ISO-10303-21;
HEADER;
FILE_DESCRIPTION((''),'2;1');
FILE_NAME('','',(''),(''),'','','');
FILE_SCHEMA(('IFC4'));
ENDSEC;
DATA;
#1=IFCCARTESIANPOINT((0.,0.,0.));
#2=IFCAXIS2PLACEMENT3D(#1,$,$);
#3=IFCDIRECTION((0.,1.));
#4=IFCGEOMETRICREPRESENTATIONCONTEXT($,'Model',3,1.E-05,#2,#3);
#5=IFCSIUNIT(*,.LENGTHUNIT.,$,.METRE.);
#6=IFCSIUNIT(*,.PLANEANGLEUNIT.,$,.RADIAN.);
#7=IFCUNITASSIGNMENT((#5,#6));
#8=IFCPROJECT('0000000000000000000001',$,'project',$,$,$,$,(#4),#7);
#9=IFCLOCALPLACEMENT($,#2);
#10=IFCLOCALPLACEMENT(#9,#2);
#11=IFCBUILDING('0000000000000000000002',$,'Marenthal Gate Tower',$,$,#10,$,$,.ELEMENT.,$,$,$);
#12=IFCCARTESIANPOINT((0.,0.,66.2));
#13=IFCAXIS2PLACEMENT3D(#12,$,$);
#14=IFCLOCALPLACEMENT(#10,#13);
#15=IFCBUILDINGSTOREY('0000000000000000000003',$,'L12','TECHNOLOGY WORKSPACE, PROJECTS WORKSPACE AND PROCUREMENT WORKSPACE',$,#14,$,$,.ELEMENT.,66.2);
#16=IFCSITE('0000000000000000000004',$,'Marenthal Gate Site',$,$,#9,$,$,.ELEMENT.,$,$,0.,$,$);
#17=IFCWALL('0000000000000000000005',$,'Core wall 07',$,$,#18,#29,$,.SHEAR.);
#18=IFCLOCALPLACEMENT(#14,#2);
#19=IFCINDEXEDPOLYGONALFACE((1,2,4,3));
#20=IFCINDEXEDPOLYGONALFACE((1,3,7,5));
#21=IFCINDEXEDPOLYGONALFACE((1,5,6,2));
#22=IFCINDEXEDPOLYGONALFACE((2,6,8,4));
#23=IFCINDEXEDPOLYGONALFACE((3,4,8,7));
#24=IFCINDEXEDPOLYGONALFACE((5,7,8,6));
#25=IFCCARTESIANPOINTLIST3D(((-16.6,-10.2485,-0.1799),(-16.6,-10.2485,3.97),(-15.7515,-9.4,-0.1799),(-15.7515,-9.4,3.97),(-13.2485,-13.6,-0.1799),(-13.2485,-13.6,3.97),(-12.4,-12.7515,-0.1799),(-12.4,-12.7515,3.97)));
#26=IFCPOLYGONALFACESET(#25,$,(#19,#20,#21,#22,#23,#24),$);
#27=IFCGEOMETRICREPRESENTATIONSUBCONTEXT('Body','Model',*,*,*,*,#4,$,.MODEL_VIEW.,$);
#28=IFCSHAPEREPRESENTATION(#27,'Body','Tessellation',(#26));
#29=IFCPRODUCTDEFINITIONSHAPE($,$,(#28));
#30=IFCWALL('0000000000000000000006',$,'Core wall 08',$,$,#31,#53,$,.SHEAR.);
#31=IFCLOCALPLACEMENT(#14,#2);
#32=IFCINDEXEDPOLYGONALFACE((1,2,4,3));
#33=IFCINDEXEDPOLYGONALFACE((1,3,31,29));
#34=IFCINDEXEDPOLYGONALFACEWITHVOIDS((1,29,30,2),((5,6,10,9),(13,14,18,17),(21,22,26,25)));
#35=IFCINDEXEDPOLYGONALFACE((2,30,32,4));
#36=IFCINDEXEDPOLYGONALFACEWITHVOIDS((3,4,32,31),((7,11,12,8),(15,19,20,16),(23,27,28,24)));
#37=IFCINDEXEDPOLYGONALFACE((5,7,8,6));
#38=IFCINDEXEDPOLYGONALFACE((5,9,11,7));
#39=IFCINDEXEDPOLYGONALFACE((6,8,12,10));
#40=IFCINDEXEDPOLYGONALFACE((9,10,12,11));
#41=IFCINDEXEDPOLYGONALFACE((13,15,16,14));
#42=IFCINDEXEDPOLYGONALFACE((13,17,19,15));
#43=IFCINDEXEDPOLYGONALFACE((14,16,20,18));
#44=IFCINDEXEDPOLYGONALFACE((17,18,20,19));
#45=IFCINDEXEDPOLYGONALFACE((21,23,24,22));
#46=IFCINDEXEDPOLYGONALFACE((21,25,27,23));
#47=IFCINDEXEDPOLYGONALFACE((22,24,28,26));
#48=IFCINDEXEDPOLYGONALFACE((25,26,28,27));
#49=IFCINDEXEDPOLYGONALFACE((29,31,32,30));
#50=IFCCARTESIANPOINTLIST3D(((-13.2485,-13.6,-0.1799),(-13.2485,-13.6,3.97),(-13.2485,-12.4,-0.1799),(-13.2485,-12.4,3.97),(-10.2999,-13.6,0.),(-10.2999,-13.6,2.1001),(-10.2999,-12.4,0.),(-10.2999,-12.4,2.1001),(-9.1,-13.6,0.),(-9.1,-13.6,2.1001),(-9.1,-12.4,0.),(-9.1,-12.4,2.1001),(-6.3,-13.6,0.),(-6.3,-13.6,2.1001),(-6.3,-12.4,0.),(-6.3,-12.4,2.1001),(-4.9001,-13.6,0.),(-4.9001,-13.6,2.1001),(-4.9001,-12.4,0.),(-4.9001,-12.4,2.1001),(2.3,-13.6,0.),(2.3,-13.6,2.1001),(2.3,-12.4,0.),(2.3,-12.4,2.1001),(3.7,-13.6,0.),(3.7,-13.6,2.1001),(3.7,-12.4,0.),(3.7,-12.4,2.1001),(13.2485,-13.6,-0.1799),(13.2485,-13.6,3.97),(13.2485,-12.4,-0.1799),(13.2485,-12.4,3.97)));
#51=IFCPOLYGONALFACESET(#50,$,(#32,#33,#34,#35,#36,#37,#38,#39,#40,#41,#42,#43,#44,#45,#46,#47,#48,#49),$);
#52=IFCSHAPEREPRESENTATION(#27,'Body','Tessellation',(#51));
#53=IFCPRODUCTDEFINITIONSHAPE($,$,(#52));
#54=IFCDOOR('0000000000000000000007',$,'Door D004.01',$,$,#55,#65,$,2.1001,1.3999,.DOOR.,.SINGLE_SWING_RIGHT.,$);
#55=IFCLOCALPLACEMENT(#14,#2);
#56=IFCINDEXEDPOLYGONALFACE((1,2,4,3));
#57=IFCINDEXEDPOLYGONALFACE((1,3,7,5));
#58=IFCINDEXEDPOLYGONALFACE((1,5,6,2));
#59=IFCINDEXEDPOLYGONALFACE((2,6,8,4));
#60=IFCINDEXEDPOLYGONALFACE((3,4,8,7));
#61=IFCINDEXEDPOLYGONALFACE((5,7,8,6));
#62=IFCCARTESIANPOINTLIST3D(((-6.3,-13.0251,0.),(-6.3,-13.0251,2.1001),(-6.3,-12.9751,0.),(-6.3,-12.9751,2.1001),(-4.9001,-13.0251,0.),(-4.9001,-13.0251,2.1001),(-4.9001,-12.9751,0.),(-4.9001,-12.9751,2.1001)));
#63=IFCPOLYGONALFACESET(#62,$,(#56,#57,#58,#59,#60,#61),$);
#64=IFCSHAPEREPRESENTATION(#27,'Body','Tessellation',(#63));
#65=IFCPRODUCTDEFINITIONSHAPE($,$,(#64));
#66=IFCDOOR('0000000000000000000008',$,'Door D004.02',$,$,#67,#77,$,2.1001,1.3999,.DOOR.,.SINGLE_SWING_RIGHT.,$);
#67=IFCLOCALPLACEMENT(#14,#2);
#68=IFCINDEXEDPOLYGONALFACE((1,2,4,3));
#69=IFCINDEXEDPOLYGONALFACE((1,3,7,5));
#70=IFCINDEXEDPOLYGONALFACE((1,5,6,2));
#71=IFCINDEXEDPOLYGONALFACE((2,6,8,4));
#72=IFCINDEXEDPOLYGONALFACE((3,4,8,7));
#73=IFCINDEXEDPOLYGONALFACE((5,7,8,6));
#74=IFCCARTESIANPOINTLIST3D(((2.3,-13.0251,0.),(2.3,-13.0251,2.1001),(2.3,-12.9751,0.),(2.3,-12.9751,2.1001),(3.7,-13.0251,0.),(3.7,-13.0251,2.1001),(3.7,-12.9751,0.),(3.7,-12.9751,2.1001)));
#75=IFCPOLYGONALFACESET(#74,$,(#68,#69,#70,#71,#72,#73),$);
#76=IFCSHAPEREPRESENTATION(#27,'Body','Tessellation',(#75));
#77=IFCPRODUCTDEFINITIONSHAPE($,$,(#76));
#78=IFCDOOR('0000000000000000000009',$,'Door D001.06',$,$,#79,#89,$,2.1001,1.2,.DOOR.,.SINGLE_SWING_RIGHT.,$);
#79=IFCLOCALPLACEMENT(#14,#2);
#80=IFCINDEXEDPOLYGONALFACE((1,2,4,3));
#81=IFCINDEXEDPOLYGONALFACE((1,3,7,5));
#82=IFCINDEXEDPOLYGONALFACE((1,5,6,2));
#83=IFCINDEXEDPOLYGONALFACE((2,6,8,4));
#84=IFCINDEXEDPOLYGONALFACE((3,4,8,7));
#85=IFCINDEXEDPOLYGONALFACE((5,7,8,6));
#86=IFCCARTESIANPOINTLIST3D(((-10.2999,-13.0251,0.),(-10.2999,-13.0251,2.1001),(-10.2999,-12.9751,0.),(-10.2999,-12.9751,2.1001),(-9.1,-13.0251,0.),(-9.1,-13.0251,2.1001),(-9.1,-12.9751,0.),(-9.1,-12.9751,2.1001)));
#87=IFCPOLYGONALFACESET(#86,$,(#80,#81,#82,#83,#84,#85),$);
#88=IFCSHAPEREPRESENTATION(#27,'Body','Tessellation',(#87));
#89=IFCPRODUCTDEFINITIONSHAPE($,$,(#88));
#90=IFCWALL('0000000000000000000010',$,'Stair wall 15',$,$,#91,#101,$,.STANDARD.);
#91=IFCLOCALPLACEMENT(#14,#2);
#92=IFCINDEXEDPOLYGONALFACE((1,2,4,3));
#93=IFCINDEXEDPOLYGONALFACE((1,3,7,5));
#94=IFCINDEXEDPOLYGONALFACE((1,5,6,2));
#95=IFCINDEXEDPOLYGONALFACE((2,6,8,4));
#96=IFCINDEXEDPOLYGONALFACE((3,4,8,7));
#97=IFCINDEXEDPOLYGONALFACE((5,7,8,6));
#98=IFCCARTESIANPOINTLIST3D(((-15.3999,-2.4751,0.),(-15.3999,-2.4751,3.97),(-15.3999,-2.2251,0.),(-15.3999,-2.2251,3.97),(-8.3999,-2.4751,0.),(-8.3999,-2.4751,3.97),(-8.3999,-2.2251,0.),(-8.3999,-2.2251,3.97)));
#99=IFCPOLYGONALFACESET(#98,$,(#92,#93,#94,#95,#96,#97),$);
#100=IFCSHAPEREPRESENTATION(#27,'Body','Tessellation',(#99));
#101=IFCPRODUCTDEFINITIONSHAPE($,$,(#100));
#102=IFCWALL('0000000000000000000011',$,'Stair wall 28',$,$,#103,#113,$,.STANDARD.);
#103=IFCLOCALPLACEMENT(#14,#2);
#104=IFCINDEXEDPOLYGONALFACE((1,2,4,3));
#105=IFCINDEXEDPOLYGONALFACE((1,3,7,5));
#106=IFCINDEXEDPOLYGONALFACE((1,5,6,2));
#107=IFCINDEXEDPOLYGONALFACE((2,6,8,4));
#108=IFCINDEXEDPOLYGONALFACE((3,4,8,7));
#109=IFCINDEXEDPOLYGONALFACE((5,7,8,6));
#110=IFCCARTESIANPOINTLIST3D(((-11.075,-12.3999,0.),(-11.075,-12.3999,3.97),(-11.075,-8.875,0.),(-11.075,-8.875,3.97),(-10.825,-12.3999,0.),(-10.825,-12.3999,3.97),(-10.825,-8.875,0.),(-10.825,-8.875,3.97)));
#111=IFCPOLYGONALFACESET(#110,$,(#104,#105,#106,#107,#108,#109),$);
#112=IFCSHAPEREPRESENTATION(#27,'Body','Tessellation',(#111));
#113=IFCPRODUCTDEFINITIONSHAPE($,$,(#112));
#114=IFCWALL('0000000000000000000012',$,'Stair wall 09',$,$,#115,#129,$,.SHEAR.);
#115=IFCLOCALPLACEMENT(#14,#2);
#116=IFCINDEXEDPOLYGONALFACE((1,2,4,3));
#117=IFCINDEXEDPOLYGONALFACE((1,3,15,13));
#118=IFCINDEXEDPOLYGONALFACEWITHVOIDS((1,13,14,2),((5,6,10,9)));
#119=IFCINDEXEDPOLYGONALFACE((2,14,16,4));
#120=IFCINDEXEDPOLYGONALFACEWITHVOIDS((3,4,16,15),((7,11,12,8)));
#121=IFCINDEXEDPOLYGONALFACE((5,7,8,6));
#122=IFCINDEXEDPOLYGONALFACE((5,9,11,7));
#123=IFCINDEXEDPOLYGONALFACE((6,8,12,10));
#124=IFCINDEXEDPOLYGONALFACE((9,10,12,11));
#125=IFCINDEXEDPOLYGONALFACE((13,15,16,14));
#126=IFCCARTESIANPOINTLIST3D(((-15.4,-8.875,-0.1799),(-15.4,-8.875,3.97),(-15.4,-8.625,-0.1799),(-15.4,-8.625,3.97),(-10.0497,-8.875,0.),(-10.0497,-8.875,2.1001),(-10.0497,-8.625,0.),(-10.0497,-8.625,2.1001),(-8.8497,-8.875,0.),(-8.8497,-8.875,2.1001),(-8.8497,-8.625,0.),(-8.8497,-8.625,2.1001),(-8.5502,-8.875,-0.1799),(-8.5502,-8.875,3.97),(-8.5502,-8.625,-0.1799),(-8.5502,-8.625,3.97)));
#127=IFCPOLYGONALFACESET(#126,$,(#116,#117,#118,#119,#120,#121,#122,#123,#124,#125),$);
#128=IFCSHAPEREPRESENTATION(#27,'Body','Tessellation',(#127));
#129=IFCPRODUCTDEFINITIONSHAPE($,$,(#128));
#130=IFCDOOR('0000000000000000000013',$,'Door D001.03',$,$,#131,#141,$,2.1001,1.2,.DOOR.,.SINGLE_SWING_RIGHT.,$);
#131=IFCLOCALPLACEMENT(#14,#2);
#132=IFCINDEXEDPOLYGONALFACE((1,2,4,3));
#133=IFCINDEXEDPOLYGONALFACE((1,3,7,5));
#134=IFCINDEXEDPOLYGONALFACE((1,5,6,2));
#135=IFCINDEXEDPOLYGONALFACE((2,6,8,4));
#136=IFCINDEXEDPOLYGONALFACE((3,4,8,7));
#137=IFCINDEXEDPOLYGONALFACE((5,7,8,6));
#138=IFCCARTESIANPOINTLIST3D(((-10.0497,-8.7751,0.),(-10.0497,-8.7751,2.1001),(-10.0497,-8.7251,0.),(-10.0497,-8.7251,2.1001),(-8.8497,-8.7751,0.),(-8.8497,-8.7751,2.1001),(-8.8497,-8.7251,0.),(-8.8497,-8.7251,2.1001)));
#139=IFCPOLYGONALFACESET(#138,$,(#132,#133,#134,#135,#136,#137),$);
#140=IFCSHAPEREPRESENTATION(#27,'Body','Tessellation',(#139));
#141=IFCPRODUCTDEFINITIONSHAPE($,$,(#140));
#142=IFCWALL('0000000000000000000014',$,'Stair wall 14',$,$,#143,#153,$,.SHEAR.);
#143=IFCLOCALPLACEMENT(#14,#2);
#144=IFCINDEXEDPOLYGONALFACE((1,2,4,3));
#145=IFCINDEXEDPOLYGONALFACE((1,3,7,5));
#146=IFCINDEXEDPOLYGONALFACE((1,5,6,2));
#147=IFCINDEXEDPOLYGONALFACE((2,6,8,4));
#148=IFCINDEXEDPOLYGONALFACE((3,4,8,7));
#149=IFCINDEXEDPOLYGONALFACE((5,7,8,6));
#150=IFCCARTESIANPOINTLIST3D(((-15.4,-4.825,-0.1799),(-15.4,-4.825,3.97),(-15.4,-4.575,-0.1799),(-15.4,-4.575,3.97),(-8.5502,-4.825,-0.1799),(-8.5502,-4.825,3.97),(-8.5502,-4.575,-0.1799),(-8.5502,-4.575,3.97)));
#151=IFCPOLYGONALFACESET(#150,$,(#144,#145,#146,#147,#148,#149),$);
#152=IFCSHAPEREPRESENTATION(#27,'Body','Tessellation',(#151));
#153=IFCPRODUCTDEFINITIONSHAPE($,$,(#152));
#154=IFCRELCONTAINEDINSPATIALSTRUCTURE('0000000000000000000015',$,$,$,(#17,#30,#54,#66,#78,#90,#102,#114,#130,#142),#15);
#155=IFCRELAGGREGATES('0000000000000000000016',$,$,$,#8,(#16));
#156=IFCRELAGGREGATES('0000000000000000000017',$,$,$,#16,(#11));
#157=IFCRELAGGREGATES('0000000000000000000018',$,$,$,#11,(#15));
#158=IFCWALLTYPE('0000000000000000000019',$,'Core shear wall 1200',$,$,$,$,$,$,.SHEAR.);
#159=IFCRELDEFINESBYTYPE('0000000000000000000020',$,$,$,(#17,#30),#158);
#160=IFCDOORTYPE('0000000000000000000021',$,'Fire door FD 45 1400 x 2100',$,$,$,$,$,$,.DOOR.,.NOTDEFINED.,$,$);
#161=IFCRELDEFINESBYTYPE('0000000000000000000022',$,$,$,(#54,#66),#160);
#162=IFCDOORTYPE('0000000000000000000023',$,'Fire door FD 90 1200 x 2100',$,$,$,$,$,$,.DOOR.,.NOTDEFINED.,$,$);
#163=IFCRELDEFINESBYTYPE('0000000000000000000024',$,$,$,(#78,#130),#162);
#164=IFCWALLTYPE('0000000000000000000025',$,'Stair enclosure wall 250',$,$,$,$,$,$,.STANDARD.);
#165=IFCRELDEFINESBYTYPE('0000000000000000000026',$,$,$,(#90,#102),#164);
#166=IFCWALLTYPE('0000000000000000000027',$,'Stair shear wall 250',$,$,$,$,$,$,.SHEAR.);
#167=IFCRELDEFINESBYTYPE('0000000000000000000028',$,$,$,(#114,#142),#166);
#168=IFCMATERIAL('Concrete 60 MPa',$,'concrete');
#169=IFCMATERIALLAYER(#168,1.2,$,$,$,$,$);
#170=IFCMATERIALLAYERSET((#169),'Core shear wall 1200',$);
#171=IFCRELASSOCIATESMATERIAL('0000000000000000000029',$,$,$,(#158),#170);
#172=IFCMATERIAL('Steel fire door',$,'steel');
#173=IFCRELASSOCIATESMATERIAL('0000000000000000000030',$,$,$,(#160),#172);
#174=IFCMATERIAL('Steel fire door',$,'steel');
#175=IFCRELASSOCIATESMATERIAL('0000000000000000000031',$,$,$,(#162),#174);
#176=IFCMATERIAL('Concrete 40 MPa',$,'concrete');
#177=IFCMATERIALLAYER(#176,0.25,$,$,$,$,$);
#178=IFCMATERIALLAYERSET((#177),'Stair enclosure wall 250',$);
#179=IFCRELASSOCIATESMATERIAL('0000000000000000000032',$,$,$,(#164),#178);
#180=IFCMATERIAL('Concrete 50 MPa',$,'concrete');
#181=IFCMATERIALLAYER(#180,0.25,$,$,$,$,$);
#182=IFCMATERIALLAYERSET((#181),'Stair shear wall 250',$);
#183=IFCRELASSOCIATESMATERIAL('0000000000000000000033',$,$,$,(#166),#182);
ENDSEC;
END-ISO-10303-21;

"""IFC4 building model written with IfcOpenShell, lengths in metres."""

from ifc_helpers import new_model, si_unit, direction, frame, frame_2d, origin, place, context, subcontext, project, spatial, rectangle, extrude, material, layer, layer_set, type_object, element, fill, save


model = new_model("IFC4")

# Units and contexts
model_context = context("Model", 3, precision=1e-05, world=origin(), true_north=direction((0.0, 1.0)))
body_context = subcontext(model_context, "Body", "Model", "MODEL_VIEW")
ifc_project = project(units=[si_unit("LENGTHUNIT", "METRE"), si_unit("PLANEANGLEUNIT", "RADIAN")], contexts=[model_context])

# Site, building, storey
site_placement = place(None, origin())
site = spatial("IfcSite", under=ifc_project, at=site_placement, Name="Marenthal Gate Site", CompositionType="ELEMENT", RefElevation=0.0)
building_placement = place(site_placement, origin())
building = spatial("IfcBuilding", under=site, at=building_placement, Name="Marenthal Gate Tower", CompositionType="ELEMENT")
storey_placement = place(building_placement, frame((0.0, 0.0, 66.2)))
storey = spatial("IfcBuildingStorey", under=building, at=storey_placement, Name="L12", Description="TECHNOLOGY WORKSPACE, PROJECTS WORKSPACE AND PROCUREMENT WORKSPACE", CompositionType="ELEMENT", Elevation=66.2)

# Wall
ifc_material_1 = material(Name="Concrete 60 MPa", Category="concrete")
ifc_layer_1 = layer(ifc_material_1, 1.2)
ifc_layer_set_1 = layer_set([ifc_layer_1], Name="Core shear wall 1200")
wall_type_1 = type_object("IfcWallType", Name="Core shear wall 1200", PredefinedType="SHEAR", material=ifc_layer_set_1)
wall_1_placement = place(storey_placement, frame((-16.1758, -9.8242, -0.1799), z_axis=(0.0, 0.0, 1.0), x_axis=(0.707107, -0.707107, 0.0)))
element("IfcWall", 1, at=wall_1_placement, inside=storey, type_object=wall_type_1, Name="Core wall 07", PredefinedType="SHEAR", context=body_context, shape_type="SweptSolid", body=[
    extrude(rectangle(XDim=4.7397, YDim=1.2, at=frame_2d((2.3699, 0.0))), origin(), (0.0, 0.0, 1.0), 4.1499),
])

# Wall, openings, doors
wall_2_placement = place(storey_placement, frame((-13.2485, -13.0, -0.1799), z_axis=(0.0, 0.0, 1.0), x_axis=(1.0, 0.0, 0.0)))
wall_2 = element("IfcWall", 2, at=wall_2_placement, inside=storey, type_object=wall_type_1, Name="Core wall 08", PredefinedType="SHEAR", context=body_context, shape_type="SweptSolid", body=[
    extrude(rectangle(XDim=26.4971, YDim=1.2, at=frame_2d((13.2485, 0.0))), origin(), (0.0, 0.0, 1.0), 4.1499),
])
opening_1_placement = place(wall_2_placement, frame((2.9485, 0.0, 0.1799)))
opening_1 = element("IfcOpeningElement", 3, at=opening_1_placement, cuts=wall_2, PredefinedType="OPENING", context=body_context, shape_type="SweptSolid", body=[
    extrude(rectangle(XDim=1.2, YDim=2.1001, at=frame_2d((0.6001, 1.05))), frame((0.0, 0.6099, 0.0), z_axis=(0.0, -1.0, 0.0), x_axis=(1.0, 0.0, 0.0)), (0.0, 0.0, 1.0), 1.22),
])
opening_2_placement = place(wall_2_placement, frame((6.9485, 0.0, 0.1799)))
opening_2 = element("IfcOpeningElement", 4, at=opening_2_placement, cuts=wall_2, PredefinedType="OPENING", context=body_context, shape_type="SweptSolid", body=[
    extrude(rectangle(XDim=1.3999, YDim=2.1001, at=frame_2d((0.7, 1.05))), frame((0.0, 0.6099, 0.0), z_axis=(0.0, -1.0, 0.0), x_axis=(1.0, 0.0, 0.0)), (0.0, 0.0, 1.0), 1.22),
])
opening_3_placement = place(wall_2_placement, frame((15.5486, 0.0, 0.1799)))
opening_3 = element("IfcOpeningElement", 5, at=opening_3_placement, cuts=wall_2, PredefinedType="OPENING", context=body_context, shape_type="SweptSolid", body=[
    extrude(rectangle(XDim=1.3999, YDim=2.1001, at=frame_2d((0.7, 1.05))), frame((0.0, 0.6099, 0.0), z_axis=(0.0, -1.0, 0.0), x_axis=(1.0, 0.0, 0.0)), (0.0, 0.0, 1.0), 1.22),
])
ifc_material_2 = material(Name="Steel fire door", Category="steel")
door_type_1 = type_object("IfcDoorType", Name="Fire door FD 45 1400 x 2100", OperationType="NOTDEFINED", PredefinedType="DOOR", material=ifc_material_2)
door_1_placement = place(opening_2_placement, origin())
door_1 = element("IfcDoor", 6, at=door_1_placement, inside=storey, type_object=door_type_1, Name="Door D004.01", OperationType="SINGLE_SWING_RIGHT", OverallHeight=2.1001, OverallWidth=1.3999, PredefinedType="DOOR", context=body_context, shape_type="SweptSolid", body=[
    extrude(rectangle(XDim=1.3999, YDim=2.1001, at=frame_2d((0.7, 1.05))), frame((0.0, 0.0249, 0.0), z_axis=(0.0, -1.0, 0.0), x_axis=(1.0, 0.0, 0.0)), (0.0, 0.0, 1.0), 0.05),
])
fill(opening_2, door_1)
door_2_placement = place(opening_3_placement, origin())
door_2 = element("IfcDoor", 7, at=door_2_placement, inside=storey, type_object=door_type_1, Name="Door D004.02", OperationType="SINGLE_SWING_RIGHT", OverallHeight=2.1001, OverallWidth=1.3999, PredefinedType="DOOR", context=body_context, shape_type="SweptSolid", body=[
    extrude(rectangle(XDim=1.3999, YDim=2.1001, at=frame_2d((0.7, 1.05))), frame((0.0, 0.0249, 0.0), z_axis=(0.0, -1.0, 0.0), x_axis=(1.0, 0.0, 0.0)), (0.0, 0.0, 1.0), 0.05),
])
fill(opening_3, door_2)
ifc_material_3 = material(Name="Steel fire door", Category="steel")
door_type_2 = type_object("IfcDoorType", Name="Fire door FD 90 1200 x 2100", OperationType="NOTDEFINED", PredefinedType="DOOR", material=ifc_material_3)
door_3_placement = place(opening_1_placement, origin())
door_3 = element("IfcDoor", 8, at=door_3_placement, inside=storey, type_object=door_type_2, Name="Door D001.06", OperationType="SINGLE_SWING_RIGHT", OverallHeight=2.1001, OverallWidth=1.2, PredefinedType="DOOR", context=body_context, shape_type="SweptSolid", body=[
    extrude(rectangle(XDim=1.2, YDim=2.1001, at=frame_2d((0.6001, 1.05))), frame((0.0, 0.0249, 0.0), z_axis=(0.0, -1.0, 0.0), x_axis=(1.0, 0.0, 0.0)), (0.0, 0.0, 1.0), 0.05),
])
fill(opening_1, door_3)

# Walls
ifc_material_4 = material(Name="Concrete 40 MPa", Category="concrete")
ifc_layer_2 = layer(ifc_material_4, 0.25)
ifc_layer_set_2 = layer_set([ifc_layer_2], Name="Stair enclosure wall 250")
wall_type_2 = type_object("IfcWallType", Name="Stair enclosure wall 250", PredefinedType="STANDARD", material=ifc_layer_set_2)
wall_3_placement = place(storey_placement, frame((-15.3999, -2.3501, 0.0), z_axis=(0.0, 0.0, 1.0), x_axis=(1.0, 0.0, 0.0)))
element("IfcWall", 9, at=wall_3_placement, inside=storey, type_object=wall_type_2, Name="Stair wall 15", PredefinedType="STANDARD", context=body_context, shape_type="SweptSolid", body=[
    extrude(rectangle(XDim=7.0, YDim=0.25, at=frame_2d((3.5, 0.0))), origin(), (0.0, 0.0, 1.0), 3.97),
])
wall_4_placement = place(storey_placement, frame((-10.95, -12.3999, 0.0), z_axis=(0.0, 0.0, 1.0), x_axis=(0.0, 1.0, 0.0)))
element("IfcWall", 10, at=wall_4_placement, inside=storey, type_object=wall_type_2, Name="Stair wall 28", PredefinedType="STANDARD", context=body_context, shape_type="SweptSolid", body=[
    extrude(rectangle(XDim=3.5249, YDim=0.25, at=frame_2d((1.7625, 0.0))), origin(), (0.0, 0.0, 1.0), 3.97),
])

# Wall, opening, door
ifc_material_5 = material(Name="Concrete 50 MPa", Category="concrete")
ifc_layer_3 = layer(ifc_material_5, 0.25)
ifc_layer_set_3 = layer_set([ifc_layer_3], Name="Stair shear wall 250")
wall_type_3 = type_object("IfcWallType", Name="Stair shear wall 250", PredefinedType="SHEAR", material=ifc_layer_set_3)
wall_5_placement = place(storey_placement, frame((-15.3999, -8.75, -0.1799), z_axis=(0.0, 0.0, 1.0), x_axis=(1.0, 0.0, 0.0)))
wall_5 = element("IfcWall", 11, at=wall_5_placement, inside=storey, type_object=wall_type_3, Name="Stair wall 09", PredefinedType="SHEAR", context=body_context, shape_type="SweptSolid", body=[
    extrude(rectangle(XDim=6.8499, YDim=0.25, at=frame_2d((3.4248, 0.0))), origin(), (0.0, 0.0, 1.0), 4.1499),
])
opening_4_placement = place(wall_5_placement, frame((5.3501, 0.0, 0.1799)))
opening_4 = element("IfcOpeningElement", 12, at=opening_4_placement, cuts=wall_5, PredefinedType="OPENING", context=body_context, shape_type="SweptSolid", body=[
    extrude(rectangle(XDim=1.2, YDim=2.1001, at=frame_2d((0.6001, 1.05))), frame((0.0, 0.135, 0.0), z_axis=(0.0, -1.0, 0.0), x_axis=(1.0, 0.0, 0.0)), (0.0, 0.0, 1.0), 0.27),
])
door_4_placement = place(opening_4_placement, origin())
door_4 = element("IfcDoor", 13, at=door_4_placement, inside=storey, type_object=door_type_2, Name="Door D001.03", OperationType="SINGLE_SWING_RIGHT", OverallHeight=2.1001, OverallWidth=1.2, PredefinedType="DOOR", context=body_context, shape_type="SweptSolid", body=[
    extrude(rectangle(XDim=1.2, YDim=2.1001, at=frame_2d((0.6001, 1.05))), frame((0.0, 0.0249, 0.0), z_axis=(0.0, -1.0, 0.0), x_axis=(1.0, 0.0, 0.0)), (0.0, 0.0, 1.0), 0.05),
])
fill(opening_4, door_4)

# Wall
wall_6_placement = place(storey_placement, frame((-15.3999, -4.7, -0.1799), z_axis=(0.0, 0.0, 1.0), x_axis=(1.0, 0.0, 0.0)))
element("IfcWall", 14, at=wall_6_placement, inside=storey, type_object=wall_type_3, Name="Stair wall 14", PredefinedType="SHEAR", context=body_context, shape_type="SweptSolid", body=[
    extrude(rectangle(XDim=6.8499, YDim=0.25, at=frame_2d((3.4248, 0.0))), origin(), (0.0, 0.0, 1.0), 4.1499),
])

save(model, "model.ifc")
